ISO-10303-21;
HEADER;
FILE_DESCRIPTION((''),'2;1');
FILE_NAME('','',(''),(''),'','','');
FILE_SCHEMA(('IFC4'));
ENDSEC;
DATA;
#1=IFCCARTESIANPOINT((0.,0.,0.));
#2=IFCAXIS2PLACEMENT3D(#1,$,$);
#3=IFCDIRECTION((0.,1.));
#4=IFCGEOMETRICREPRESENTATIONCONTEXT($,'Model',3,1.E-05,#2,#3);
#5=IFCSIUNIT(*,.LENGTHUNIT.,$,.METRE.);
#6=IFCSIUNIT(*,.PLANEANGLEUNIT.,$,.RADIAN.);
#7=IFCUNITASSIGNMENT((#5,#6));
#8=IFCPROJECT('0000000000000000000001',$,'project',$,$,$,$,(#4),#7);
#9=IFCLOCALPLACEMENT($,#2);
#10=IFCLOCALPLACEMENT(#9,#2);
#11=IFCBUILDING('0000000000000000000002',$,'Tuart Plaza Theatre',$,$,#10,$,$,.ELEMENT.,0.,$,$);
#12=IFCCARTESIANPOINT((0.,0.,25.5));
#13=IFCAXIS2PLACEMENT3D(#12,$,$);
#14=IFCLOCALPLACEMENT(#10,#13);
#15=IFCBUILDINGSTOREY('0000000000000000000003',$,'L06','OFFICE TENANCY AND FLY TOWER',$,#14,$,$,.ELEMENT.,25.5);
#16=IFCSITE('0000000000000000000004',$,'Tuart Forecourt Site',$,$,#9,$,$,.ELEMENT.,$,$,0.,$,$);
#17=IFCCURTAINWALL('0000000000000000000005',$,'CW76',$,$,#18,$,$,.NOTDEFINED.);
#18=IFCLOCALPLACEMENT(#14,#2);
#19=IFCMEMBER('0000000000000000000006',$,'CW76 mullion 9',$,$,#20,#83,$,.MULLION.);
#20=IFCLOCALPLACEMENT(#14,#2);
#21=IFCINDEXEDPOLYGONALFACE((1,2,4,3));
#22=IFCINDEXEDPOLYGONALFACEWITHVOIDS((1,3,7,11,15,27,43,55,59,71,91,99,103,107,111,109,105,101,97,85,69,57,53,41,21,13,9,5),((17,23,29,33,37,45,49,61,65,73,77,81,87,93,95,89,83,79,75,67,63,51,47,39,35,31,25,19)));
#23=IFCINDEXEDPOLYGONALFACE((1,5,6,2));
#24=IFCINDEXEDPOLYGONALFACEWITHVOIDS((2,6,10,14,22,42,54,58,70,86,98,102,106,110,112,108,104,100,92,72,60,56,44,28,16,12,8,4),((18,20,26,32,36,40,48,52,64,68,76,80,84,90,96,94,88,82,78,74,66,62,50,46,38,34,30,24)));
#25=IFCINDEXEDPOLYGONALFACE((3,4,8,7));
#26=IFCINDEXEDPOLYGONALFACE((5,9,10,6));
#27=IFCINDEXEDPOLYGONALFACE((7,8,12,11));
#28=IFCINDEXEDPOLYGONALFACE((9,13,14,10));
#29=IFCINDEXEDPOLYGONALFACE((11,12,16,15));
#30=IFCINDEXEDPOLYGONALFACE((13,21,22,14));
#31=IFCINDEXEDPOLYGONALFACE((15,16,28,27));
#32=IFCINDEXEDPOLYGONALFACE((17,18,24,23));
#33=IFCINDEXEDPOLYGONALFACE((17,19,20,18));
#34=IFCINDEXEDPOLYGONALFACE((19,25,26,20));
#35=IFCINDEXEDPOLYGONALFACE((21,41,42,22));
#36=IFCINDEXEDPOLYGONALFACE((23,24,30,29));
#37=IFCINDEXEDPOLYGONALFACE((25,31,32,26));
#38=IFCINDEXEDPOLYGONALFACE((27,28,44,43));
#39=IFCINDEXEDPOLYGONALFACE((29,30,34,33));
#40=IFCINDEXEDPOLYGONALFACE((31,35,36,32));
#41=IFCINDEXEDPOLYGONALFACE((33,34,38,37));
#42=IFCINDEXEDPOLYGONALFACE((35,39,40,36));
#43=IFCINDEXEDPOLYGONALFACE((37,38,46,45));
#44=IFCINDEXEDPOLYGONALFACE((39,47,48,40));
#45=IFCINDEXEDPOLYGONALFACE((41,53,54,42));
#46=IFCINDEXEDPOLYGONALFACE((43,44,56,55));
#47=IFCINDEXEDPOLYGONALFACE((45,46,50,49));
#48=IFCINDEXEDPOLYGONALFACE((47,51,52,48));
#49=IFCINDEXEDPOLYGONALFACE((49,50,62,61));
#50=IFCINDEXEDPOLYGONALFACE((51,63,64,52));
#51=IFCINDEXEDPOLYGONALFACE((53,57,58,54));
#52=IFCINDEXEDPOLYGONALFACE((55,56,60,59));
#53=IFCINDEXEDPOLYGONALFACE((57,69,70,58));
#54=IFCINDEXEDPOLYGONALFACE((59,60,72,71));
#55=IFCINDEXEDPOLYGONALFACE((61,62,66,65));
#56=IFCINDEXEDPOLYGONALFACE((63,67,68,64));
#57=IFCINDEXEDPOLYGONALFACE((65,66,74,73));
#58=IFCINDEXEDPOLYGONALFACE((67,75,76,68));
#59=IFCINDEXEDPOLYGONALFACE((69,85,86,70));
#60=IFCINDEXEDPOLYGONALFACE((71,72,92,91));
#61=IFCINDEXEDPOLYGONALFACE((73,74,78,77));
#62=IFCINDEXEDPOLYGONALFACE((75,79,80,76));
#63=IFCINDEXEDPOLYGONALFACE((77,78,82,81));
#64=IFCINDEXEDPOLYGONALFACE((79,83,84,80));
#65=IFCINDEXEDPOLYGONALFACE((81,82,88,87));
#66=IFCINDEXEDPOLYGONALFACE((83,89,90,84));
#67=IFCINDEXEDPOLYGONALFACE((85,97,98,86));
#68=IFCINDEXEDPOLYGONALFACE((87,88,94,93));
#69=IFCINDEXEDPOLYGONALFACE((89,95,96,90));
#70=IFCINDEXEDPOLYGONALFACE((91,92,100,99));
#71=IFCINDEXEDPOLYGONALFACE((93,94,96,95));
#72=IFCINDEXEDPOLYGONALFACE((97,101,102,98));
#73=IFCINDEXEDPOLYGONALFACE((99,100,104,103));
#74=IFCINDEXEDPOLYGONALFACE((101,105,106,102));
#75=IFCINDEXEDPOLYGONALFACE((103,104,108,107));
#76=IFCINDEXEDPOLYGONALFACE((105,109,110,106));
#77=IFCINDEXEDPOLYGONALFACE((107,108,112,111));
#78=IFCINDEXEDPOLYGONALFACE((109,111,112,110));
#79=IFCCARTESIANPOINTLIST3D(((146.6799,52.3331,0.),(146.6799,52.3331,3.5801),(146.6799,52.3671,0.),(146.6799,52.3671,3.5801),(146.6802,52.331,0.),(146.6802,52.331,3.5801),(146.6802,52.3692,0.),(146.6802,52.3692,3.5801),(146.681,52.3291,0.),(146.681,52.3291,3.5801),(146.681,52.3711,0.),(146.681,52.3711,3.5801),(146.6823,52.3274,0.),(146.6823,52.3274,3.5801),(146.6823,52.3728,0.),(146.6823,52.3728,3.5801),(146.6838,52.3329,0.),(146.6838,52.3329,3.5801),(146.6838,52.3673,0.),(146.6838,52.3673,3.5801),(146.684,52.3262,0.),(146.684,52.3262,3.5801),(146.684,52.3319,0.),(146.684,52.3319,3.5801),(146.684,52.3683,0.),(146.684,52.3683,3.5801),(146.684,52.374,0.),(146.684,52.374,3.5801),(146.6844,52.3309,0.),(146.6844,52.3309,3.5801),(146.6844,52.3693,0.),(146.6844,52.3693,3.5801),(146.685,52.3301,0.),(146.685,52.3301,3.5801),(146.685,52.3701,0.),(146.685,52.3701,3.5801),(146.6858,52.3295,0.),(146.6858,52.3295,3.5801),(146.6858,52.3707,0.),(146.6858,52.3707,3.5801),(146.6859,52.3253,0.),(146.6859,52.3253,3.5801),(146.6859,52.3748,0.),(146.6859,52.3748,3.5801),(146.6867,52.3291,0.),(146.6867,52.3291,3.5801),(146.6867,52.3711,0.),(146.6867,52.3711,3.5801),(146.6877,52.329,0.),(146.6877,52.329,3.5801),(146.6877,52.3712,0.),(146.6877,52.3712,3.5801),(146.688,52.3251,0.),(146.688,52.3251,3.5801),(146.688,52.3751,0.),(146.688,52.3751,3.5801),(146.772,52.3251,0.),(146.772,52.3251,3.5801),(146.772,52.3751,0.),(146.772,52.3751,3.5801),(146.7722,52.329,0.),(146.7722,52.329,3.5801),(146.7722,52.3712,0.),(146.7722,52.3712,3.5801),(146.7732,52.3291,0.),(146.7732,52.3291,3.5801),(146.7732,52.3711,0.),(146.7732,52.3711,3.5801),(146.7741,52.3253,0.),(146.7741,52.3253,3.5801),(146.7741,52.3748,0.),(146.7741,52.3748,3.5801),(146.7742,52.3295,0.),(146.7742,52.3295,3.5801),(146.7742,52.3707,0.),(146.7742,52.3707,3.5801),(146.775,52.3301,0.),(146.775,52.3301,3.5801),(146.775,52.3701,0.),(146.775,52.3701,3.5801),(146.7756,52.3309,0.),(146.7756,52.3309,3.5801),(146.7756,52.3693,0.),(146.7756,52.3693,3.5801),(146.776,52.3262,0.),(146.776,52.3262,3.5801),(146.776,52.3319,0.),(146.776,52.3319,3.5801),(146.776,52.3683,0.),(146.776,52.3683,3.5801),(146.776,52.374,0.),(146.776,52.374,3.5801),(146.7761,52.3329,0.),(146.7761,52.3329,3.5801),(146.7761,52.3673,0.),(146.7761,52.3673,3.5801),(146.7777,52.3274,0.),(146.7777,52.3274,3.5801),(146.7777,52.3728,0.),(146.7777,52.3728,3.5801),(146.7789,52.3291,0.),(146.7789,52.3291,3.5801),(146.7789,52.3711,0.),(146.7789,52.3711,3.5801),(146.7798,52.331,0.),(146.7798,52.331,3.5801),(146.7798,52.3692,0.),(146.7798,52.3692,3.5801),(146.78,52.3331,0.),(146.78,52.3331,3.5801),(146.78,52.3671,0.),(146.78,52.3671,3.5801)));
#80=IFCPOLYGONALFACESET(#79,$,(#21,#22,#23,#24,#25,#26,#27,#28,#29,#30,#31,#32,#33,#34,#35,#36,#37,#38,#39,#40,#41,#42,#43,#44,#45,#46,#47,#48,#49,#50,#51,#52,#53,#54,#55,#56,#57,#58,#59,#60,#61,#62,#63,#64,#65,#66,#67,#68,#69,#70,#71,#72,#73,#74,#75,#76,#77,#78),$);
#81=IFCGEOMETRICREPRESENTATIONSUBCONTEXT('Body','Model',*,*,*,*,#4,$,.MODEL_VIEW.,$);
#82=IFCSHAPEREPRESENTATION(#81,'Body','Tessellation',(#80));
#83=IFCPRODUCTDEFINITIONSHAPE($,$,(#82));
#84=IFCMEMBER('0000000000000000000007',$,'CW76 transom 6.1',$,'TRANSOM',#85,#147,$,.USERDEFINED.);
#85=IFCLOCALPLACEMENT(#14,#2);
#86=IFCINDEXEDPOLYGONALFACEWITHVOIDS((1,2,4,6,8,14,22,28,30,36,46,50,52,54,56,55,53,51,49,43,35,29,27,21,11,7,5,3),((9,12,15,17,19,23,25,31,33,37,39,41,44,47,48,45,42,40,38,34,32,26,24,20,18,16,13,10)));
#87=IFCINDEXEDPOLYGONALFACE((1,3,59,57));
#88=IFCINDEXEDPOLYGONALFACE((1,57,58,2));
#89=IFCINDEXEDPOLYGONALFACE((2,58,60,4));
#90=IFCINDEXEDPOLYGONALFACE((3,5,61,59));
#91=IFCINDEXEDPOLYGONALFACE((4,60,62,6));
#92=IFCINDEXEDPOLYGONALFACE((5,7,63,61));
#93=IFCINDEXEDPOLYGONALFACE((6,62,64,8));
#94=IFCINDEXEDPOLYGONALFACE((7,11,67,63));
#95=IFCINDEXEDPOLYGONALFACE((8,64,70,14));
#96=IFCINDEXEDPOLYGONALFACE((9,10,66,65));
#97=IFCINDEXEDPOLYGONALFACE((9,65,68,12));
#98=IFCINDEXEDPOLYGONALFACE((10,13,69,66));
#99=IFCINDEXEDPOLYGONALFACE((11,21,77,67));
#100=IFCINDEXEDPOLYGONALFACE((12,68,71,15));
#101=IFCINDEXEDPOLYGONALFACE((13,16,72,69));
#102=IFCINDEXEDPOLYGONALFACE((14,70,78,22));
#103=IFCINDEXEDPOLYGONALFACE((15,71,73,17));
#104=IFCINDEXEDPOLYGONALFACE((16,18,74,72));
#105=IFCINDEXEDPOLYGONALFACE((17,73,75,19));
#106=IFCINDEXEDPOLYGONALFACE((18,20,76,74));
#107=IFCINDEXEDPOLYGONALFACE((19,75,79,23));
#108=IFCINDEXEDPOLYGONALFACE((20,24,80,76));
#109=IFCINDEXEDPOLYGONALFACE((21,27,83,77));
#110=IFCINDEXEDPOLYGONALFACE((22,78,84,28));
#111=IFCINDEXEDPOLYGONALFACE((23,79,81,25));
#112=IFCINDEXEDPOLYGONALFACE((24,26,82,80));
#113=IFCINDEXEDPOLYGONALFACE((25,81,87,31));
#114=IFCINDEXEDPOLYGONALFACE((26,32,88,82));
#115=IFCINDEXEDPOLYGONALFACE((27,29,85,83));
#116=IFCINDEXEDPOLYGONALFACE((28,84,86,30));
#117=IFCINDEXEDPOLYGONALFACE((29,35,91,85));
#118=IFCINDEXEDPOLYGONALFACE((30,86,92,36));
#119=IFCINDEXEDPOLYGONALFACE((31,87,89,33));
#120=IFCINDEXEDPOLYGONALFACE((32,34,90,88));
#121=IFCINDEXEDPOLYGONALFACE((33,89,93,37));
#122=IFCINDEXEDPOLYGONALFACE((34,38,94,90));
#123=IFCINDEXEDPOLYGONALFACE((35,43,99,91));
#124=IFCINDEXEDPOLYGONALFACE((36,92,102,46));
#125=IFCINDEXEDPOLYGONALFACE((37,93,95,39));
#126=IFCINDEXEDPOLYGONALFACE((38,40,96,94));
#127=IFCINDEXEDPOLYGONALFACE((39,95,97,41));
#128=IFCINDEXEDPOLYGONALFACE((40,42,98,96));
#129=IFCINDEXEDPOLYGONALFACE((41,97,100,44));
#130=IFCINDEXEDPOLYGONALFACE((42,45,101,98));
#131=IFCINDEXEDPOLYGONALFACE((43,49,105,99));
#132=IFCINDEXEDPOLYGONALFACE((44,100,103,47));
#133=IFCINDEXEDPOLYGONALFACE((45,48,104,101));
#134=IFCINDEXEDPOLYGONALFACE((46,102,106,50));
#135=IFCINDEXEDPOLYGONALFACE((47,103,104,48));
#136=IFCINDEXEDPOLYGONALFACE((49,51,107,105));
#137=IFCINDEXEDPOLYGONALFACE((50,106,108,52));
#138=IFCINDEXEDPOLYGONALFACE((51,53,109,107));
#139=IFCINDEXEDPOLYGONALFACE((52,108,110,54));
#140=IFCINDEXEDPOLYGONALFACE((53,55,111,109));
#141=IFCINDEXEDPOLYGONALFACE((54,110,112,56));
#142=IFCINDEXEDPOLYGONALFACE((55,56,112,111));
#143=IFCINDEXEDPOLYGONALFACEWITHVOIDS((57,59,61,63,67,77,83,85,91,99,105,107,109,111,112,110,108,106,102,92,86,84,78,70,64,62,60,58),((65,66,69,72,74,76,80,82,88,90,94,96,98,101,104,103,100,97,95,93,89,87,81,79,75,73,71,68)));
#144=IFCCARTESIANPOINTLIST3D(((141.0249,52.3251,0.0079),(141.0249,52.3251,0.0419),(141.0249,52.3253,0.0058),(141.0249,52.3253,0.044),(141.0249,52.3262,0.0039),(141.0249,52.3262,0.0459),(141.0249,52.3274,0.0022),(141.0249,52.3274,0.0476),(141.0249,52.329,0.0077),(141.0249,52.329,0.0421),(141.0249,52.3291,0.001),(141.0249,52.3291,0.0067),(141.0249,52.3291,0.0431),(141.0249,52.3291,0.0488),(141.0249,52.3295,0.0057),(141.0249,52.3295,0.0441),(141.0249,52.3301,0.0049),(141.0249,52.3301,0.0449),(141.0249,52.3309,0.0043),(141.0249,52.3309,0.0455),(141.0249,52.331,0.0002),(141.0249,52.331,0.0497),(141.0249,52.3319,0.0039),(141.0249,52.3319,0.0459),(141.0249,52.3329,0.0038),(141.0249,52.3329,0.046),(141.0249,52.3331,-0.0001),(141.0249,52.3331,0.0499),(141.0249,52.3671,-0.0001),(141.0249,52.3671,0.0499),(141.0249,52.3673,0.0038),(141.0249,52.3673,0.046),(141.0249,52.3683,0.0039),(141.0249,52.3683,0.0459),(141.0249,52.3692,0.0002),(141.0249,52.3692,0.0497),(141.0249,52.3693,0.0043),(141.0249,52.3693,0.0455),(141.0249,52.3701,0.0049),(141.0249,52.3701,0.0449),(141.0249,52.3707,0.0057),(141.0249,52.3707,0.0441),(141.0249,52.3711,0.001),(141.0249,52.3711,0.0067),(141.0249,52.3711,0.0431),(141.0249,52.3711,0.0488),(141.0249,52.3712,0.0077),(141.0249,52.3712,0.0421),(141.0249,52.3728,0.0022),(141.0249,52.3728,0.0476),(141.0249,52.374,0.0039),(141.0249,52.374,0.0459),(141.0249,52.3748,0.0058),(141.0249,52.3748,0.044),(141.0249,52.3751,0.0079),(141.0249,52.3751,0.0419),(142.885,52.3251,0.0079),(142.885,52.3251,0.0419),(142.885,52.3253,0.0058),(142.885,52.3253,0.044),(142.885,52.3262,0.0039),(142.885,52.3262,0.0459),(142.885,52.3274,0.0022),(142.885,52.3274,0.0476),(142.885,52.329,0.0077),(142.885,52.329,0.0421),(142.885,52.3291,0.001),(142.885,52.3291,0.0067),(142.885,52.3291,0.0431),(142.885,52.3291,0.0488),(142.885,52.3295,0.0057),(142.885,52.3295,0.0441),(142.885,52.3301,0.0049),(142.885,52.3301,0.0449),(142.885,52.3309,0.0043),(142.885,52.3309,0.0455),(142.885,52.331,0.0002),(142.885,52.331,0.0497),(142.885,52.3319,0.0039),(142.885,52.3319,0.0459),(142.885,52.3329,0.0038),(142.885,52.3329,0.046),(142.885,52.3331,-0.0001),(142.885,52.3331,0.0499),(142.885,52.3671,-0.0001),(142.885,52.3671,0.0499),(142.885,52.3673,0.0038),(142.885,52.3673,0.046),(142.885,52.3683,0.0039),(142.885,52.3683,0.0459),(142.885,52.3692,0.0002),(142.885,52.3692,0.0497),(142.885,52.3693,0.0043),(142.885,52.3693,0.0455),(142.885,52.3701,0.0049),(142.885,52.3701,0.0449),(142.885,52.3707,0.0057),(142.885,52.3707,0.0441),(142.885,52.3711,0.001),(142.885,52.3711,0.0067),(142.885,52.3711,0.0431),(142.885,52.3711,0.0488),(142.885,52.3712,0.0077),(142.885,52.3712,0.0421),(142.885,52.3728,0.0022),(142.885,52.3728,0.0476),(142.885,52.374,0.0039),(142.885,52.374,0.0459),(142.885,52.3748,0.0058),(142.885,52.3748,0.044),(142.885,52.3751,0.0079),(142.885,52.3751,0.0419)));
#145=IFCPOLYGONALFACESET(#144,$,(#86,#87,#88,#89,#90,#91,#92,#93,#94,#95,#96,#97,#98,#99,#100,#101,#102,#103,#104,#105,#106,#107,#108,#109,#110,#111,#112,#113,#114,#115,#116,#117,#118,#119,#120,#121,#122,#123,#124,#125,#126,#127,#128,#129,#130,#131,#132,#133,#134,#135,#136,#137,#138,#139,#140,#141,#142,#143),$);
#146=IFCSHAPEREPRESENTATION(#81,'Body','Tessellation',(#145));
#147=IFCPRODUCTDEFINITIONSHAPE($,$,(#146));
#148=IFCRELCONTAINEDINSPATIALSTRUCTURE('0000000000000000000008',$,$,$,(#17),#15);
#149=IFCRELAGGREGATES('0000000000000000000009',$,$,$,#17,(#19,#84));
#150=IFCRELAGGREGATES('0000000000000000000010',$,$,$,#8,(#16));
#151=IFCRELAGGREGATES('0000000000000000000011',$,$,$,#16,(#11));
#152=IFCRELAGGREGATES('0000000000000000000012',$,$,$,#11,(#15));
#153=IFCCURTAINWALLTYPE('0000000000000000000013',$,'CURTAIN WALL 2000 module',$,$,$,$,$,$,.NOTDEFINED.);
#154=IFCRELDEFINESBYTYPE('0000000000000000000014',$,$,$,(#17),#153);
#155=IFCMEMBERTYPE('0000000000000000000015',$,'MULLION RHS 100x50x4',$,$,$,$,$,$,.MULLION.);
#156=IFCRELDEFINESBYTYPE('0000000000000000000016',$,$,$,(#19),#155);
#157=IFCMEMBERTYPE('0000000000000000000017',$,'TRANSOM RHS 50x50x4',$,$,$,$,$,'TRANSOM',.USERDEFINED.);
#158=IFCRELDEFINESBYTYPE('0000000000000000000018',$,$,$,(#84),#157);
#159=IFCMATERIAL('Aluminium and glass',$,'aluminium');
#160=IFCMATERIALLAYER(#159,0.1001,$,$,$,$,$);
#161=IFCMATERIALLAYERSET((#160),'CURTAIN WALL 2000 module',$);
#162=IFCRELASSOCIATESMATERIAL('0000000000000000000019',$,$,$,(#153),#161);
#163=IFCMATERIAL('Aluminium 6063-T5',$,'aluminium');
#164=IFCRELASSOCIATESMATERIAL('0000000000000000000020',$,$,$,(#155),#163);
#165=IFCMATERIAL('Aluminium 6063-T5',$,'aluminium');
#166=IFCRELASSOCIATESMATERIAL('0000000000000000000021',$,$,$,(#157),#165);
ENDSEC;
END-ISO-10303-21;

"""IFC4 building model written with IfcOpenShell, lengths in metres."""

from ifc_helpers import new_model, si_unit, direction, frame, origin, origin_2d, place, context, subcontext, project, spatial, hollow_rectangle, extrude, material, layer, layer_set, material_profile, profile_set, type_object, element, aggregate, save


model = new_model("IFC4")

# Units and contexts
model_context = context("Model", 3, precision=1e-05, world=origin(), true_north=direction((0.0, 1.0)))
body_context = subcontext(model_context, "Body", "Model", "MODEL_VIEW")
ifc_project = project(units=[si_unit("LENGTHUNIT", "METRE"), si_unit("PLANEANGLEUNIT", "RADIAN")], contexts=[model_context])

# Site, building, storey
site_placement = place(None, origin())
site = spatial("IfcSite", under=ifc_project, at=site_placement, Name="Tuart Forecourt Site", CompositionType="ELEMENT", RefElevation=0.0)
building_placement = place(site_placement, origin())
building = spatial("IfcBuilding", under=site, at=building_placement, Name="Tuart Plaza Theatre", CompositionType="ELEMENT", ElevationOfRefHeight=0.0)
storey_placement = place(building_placement, frame((0.0, 0.0, 25.5)))
storey = spatial("IfcBuildingStorey", under=building, at=storey_placement, Name="L06", Description="OFFICE TENANCY AND FLY TOWER", CompositionType="ELEMENT", Elevation=25.5)

# Curtain wall, members
ifc_material_1 = material(Name="Aluminium and glass", Category="aluminium")
ifc_layer_1 = layer(ifc_material_1, 0.1001)
ifc_layer_set_1 = layer_set([ifc_layer_1], Name="CURTAIN WALL 2000 module")
curtain_wall_type = type_object("IfcCurtainWallType", Name="CURTAIN WALL 2000 module", PredefinedType="NOTDEFINED", material=ifc_layer_set_1)
curtain_wall_placement = place(storey_placement, origin())
curtain_wall = element("IfcCurtainWall", 1, at=curtain_wall_placement, inside=storey, type_object=curtain_wall_type, Name="CW76", PredefinedType="NOTDEFINED")
ifc_material_2 = material(Name="Aluminium 6063-T5", Category="aluminium")
ifc_material_profile_1 = material_profile(ifc_material_2, hollow_rectangle(XDim=0.05, YDim=0.1001, WallThickness=0.0039, InnerFilletRadius=0.0039, OuterFilletRadius=0.0081, at=origin_2d()), Name="RHS 100x50x4")
ifc_profile_set_1 = profile_set([ifc_material_profile_1], Name="Aluminium 6063-T5")
member_type_1 = type_object("IfcMemberType", Name="MULLION RHS 100x50x4", PredefinedType="MULLION", material=ifc_profile_set_1)
member_1_placement = place(storey_placement, frame((146.73, 52.3501, 0.0), z_axis=(0.0, 0.0, 1.0), x_axis=(0.0, 1.0, 0.0)))
member_1 = element("IfcMember", 2, at=member_1_placement, type_object=member_type_1, Name="CW76 mullion 9", PredefinedType="MULLION", context=body_context, shape_type="SweptSolid", body=[
    extrude(hollow_rectangle(XDim=0.05, YDim=0.1001, WallThickness=0.0039, InnerFilletRadius=0.0039, OuterFilletRadius=0.0081, at=origin_2d()), origin(), (0.0, 0.0, 1.0), 3.5801),
])
ifc_material_3 = material(Name="Aluminium 6063-T5", Category="aluminium")
ifc_material_profile_2 = material_profile(ifc_material_3, hollow_rectangle(XDim=0.05, YDim=0.05, WallThickness=0.0039, InnerFilletRadius=0.0039, OuterFilletRadius=0.0081, at=origin_2d()), Name="RHS 50x50x4")
ifc_profile_set_2 = profile_set([ifc_material_profile_2], Name="Aluminium 6063-T5")
member_type_2 = type_object("IfcMemberType", Name="TRANSOM RHS 50x50x4", ElementType="TRANSOM", PredefinedType="USERDEFINED", material=ifc_profile_set_2)
member_2_placement = place(storey_placement, frame((141.0249, 52.3501, 0.0249), z_axis=(1.0, 0.0, 0.0), x_axis=(0.0, 1.0, 0.0)))
member_2 = element("IfcMember", 3, at=member_2_placement, type_object=member_type_2, Name="CW76 transom 6.1", ObjectType="TRANSOM", PredefinedType="USERDEFINED", context=body_context, shape_type="SweptSolid", body=[
    extrude(hollow_rectangle(XDim=0.05, YDim=0.05, WallThickness=0.0039, InnerFilletRadius=0.0039, OuterFilletRadius=0.0081, at=origin_2d()), origin(), (0.0, 0.0, 1.0), 1.8601),
])
aggregate(curtain_wall, [member_1, member_2])

save(model, "model.ifc")
